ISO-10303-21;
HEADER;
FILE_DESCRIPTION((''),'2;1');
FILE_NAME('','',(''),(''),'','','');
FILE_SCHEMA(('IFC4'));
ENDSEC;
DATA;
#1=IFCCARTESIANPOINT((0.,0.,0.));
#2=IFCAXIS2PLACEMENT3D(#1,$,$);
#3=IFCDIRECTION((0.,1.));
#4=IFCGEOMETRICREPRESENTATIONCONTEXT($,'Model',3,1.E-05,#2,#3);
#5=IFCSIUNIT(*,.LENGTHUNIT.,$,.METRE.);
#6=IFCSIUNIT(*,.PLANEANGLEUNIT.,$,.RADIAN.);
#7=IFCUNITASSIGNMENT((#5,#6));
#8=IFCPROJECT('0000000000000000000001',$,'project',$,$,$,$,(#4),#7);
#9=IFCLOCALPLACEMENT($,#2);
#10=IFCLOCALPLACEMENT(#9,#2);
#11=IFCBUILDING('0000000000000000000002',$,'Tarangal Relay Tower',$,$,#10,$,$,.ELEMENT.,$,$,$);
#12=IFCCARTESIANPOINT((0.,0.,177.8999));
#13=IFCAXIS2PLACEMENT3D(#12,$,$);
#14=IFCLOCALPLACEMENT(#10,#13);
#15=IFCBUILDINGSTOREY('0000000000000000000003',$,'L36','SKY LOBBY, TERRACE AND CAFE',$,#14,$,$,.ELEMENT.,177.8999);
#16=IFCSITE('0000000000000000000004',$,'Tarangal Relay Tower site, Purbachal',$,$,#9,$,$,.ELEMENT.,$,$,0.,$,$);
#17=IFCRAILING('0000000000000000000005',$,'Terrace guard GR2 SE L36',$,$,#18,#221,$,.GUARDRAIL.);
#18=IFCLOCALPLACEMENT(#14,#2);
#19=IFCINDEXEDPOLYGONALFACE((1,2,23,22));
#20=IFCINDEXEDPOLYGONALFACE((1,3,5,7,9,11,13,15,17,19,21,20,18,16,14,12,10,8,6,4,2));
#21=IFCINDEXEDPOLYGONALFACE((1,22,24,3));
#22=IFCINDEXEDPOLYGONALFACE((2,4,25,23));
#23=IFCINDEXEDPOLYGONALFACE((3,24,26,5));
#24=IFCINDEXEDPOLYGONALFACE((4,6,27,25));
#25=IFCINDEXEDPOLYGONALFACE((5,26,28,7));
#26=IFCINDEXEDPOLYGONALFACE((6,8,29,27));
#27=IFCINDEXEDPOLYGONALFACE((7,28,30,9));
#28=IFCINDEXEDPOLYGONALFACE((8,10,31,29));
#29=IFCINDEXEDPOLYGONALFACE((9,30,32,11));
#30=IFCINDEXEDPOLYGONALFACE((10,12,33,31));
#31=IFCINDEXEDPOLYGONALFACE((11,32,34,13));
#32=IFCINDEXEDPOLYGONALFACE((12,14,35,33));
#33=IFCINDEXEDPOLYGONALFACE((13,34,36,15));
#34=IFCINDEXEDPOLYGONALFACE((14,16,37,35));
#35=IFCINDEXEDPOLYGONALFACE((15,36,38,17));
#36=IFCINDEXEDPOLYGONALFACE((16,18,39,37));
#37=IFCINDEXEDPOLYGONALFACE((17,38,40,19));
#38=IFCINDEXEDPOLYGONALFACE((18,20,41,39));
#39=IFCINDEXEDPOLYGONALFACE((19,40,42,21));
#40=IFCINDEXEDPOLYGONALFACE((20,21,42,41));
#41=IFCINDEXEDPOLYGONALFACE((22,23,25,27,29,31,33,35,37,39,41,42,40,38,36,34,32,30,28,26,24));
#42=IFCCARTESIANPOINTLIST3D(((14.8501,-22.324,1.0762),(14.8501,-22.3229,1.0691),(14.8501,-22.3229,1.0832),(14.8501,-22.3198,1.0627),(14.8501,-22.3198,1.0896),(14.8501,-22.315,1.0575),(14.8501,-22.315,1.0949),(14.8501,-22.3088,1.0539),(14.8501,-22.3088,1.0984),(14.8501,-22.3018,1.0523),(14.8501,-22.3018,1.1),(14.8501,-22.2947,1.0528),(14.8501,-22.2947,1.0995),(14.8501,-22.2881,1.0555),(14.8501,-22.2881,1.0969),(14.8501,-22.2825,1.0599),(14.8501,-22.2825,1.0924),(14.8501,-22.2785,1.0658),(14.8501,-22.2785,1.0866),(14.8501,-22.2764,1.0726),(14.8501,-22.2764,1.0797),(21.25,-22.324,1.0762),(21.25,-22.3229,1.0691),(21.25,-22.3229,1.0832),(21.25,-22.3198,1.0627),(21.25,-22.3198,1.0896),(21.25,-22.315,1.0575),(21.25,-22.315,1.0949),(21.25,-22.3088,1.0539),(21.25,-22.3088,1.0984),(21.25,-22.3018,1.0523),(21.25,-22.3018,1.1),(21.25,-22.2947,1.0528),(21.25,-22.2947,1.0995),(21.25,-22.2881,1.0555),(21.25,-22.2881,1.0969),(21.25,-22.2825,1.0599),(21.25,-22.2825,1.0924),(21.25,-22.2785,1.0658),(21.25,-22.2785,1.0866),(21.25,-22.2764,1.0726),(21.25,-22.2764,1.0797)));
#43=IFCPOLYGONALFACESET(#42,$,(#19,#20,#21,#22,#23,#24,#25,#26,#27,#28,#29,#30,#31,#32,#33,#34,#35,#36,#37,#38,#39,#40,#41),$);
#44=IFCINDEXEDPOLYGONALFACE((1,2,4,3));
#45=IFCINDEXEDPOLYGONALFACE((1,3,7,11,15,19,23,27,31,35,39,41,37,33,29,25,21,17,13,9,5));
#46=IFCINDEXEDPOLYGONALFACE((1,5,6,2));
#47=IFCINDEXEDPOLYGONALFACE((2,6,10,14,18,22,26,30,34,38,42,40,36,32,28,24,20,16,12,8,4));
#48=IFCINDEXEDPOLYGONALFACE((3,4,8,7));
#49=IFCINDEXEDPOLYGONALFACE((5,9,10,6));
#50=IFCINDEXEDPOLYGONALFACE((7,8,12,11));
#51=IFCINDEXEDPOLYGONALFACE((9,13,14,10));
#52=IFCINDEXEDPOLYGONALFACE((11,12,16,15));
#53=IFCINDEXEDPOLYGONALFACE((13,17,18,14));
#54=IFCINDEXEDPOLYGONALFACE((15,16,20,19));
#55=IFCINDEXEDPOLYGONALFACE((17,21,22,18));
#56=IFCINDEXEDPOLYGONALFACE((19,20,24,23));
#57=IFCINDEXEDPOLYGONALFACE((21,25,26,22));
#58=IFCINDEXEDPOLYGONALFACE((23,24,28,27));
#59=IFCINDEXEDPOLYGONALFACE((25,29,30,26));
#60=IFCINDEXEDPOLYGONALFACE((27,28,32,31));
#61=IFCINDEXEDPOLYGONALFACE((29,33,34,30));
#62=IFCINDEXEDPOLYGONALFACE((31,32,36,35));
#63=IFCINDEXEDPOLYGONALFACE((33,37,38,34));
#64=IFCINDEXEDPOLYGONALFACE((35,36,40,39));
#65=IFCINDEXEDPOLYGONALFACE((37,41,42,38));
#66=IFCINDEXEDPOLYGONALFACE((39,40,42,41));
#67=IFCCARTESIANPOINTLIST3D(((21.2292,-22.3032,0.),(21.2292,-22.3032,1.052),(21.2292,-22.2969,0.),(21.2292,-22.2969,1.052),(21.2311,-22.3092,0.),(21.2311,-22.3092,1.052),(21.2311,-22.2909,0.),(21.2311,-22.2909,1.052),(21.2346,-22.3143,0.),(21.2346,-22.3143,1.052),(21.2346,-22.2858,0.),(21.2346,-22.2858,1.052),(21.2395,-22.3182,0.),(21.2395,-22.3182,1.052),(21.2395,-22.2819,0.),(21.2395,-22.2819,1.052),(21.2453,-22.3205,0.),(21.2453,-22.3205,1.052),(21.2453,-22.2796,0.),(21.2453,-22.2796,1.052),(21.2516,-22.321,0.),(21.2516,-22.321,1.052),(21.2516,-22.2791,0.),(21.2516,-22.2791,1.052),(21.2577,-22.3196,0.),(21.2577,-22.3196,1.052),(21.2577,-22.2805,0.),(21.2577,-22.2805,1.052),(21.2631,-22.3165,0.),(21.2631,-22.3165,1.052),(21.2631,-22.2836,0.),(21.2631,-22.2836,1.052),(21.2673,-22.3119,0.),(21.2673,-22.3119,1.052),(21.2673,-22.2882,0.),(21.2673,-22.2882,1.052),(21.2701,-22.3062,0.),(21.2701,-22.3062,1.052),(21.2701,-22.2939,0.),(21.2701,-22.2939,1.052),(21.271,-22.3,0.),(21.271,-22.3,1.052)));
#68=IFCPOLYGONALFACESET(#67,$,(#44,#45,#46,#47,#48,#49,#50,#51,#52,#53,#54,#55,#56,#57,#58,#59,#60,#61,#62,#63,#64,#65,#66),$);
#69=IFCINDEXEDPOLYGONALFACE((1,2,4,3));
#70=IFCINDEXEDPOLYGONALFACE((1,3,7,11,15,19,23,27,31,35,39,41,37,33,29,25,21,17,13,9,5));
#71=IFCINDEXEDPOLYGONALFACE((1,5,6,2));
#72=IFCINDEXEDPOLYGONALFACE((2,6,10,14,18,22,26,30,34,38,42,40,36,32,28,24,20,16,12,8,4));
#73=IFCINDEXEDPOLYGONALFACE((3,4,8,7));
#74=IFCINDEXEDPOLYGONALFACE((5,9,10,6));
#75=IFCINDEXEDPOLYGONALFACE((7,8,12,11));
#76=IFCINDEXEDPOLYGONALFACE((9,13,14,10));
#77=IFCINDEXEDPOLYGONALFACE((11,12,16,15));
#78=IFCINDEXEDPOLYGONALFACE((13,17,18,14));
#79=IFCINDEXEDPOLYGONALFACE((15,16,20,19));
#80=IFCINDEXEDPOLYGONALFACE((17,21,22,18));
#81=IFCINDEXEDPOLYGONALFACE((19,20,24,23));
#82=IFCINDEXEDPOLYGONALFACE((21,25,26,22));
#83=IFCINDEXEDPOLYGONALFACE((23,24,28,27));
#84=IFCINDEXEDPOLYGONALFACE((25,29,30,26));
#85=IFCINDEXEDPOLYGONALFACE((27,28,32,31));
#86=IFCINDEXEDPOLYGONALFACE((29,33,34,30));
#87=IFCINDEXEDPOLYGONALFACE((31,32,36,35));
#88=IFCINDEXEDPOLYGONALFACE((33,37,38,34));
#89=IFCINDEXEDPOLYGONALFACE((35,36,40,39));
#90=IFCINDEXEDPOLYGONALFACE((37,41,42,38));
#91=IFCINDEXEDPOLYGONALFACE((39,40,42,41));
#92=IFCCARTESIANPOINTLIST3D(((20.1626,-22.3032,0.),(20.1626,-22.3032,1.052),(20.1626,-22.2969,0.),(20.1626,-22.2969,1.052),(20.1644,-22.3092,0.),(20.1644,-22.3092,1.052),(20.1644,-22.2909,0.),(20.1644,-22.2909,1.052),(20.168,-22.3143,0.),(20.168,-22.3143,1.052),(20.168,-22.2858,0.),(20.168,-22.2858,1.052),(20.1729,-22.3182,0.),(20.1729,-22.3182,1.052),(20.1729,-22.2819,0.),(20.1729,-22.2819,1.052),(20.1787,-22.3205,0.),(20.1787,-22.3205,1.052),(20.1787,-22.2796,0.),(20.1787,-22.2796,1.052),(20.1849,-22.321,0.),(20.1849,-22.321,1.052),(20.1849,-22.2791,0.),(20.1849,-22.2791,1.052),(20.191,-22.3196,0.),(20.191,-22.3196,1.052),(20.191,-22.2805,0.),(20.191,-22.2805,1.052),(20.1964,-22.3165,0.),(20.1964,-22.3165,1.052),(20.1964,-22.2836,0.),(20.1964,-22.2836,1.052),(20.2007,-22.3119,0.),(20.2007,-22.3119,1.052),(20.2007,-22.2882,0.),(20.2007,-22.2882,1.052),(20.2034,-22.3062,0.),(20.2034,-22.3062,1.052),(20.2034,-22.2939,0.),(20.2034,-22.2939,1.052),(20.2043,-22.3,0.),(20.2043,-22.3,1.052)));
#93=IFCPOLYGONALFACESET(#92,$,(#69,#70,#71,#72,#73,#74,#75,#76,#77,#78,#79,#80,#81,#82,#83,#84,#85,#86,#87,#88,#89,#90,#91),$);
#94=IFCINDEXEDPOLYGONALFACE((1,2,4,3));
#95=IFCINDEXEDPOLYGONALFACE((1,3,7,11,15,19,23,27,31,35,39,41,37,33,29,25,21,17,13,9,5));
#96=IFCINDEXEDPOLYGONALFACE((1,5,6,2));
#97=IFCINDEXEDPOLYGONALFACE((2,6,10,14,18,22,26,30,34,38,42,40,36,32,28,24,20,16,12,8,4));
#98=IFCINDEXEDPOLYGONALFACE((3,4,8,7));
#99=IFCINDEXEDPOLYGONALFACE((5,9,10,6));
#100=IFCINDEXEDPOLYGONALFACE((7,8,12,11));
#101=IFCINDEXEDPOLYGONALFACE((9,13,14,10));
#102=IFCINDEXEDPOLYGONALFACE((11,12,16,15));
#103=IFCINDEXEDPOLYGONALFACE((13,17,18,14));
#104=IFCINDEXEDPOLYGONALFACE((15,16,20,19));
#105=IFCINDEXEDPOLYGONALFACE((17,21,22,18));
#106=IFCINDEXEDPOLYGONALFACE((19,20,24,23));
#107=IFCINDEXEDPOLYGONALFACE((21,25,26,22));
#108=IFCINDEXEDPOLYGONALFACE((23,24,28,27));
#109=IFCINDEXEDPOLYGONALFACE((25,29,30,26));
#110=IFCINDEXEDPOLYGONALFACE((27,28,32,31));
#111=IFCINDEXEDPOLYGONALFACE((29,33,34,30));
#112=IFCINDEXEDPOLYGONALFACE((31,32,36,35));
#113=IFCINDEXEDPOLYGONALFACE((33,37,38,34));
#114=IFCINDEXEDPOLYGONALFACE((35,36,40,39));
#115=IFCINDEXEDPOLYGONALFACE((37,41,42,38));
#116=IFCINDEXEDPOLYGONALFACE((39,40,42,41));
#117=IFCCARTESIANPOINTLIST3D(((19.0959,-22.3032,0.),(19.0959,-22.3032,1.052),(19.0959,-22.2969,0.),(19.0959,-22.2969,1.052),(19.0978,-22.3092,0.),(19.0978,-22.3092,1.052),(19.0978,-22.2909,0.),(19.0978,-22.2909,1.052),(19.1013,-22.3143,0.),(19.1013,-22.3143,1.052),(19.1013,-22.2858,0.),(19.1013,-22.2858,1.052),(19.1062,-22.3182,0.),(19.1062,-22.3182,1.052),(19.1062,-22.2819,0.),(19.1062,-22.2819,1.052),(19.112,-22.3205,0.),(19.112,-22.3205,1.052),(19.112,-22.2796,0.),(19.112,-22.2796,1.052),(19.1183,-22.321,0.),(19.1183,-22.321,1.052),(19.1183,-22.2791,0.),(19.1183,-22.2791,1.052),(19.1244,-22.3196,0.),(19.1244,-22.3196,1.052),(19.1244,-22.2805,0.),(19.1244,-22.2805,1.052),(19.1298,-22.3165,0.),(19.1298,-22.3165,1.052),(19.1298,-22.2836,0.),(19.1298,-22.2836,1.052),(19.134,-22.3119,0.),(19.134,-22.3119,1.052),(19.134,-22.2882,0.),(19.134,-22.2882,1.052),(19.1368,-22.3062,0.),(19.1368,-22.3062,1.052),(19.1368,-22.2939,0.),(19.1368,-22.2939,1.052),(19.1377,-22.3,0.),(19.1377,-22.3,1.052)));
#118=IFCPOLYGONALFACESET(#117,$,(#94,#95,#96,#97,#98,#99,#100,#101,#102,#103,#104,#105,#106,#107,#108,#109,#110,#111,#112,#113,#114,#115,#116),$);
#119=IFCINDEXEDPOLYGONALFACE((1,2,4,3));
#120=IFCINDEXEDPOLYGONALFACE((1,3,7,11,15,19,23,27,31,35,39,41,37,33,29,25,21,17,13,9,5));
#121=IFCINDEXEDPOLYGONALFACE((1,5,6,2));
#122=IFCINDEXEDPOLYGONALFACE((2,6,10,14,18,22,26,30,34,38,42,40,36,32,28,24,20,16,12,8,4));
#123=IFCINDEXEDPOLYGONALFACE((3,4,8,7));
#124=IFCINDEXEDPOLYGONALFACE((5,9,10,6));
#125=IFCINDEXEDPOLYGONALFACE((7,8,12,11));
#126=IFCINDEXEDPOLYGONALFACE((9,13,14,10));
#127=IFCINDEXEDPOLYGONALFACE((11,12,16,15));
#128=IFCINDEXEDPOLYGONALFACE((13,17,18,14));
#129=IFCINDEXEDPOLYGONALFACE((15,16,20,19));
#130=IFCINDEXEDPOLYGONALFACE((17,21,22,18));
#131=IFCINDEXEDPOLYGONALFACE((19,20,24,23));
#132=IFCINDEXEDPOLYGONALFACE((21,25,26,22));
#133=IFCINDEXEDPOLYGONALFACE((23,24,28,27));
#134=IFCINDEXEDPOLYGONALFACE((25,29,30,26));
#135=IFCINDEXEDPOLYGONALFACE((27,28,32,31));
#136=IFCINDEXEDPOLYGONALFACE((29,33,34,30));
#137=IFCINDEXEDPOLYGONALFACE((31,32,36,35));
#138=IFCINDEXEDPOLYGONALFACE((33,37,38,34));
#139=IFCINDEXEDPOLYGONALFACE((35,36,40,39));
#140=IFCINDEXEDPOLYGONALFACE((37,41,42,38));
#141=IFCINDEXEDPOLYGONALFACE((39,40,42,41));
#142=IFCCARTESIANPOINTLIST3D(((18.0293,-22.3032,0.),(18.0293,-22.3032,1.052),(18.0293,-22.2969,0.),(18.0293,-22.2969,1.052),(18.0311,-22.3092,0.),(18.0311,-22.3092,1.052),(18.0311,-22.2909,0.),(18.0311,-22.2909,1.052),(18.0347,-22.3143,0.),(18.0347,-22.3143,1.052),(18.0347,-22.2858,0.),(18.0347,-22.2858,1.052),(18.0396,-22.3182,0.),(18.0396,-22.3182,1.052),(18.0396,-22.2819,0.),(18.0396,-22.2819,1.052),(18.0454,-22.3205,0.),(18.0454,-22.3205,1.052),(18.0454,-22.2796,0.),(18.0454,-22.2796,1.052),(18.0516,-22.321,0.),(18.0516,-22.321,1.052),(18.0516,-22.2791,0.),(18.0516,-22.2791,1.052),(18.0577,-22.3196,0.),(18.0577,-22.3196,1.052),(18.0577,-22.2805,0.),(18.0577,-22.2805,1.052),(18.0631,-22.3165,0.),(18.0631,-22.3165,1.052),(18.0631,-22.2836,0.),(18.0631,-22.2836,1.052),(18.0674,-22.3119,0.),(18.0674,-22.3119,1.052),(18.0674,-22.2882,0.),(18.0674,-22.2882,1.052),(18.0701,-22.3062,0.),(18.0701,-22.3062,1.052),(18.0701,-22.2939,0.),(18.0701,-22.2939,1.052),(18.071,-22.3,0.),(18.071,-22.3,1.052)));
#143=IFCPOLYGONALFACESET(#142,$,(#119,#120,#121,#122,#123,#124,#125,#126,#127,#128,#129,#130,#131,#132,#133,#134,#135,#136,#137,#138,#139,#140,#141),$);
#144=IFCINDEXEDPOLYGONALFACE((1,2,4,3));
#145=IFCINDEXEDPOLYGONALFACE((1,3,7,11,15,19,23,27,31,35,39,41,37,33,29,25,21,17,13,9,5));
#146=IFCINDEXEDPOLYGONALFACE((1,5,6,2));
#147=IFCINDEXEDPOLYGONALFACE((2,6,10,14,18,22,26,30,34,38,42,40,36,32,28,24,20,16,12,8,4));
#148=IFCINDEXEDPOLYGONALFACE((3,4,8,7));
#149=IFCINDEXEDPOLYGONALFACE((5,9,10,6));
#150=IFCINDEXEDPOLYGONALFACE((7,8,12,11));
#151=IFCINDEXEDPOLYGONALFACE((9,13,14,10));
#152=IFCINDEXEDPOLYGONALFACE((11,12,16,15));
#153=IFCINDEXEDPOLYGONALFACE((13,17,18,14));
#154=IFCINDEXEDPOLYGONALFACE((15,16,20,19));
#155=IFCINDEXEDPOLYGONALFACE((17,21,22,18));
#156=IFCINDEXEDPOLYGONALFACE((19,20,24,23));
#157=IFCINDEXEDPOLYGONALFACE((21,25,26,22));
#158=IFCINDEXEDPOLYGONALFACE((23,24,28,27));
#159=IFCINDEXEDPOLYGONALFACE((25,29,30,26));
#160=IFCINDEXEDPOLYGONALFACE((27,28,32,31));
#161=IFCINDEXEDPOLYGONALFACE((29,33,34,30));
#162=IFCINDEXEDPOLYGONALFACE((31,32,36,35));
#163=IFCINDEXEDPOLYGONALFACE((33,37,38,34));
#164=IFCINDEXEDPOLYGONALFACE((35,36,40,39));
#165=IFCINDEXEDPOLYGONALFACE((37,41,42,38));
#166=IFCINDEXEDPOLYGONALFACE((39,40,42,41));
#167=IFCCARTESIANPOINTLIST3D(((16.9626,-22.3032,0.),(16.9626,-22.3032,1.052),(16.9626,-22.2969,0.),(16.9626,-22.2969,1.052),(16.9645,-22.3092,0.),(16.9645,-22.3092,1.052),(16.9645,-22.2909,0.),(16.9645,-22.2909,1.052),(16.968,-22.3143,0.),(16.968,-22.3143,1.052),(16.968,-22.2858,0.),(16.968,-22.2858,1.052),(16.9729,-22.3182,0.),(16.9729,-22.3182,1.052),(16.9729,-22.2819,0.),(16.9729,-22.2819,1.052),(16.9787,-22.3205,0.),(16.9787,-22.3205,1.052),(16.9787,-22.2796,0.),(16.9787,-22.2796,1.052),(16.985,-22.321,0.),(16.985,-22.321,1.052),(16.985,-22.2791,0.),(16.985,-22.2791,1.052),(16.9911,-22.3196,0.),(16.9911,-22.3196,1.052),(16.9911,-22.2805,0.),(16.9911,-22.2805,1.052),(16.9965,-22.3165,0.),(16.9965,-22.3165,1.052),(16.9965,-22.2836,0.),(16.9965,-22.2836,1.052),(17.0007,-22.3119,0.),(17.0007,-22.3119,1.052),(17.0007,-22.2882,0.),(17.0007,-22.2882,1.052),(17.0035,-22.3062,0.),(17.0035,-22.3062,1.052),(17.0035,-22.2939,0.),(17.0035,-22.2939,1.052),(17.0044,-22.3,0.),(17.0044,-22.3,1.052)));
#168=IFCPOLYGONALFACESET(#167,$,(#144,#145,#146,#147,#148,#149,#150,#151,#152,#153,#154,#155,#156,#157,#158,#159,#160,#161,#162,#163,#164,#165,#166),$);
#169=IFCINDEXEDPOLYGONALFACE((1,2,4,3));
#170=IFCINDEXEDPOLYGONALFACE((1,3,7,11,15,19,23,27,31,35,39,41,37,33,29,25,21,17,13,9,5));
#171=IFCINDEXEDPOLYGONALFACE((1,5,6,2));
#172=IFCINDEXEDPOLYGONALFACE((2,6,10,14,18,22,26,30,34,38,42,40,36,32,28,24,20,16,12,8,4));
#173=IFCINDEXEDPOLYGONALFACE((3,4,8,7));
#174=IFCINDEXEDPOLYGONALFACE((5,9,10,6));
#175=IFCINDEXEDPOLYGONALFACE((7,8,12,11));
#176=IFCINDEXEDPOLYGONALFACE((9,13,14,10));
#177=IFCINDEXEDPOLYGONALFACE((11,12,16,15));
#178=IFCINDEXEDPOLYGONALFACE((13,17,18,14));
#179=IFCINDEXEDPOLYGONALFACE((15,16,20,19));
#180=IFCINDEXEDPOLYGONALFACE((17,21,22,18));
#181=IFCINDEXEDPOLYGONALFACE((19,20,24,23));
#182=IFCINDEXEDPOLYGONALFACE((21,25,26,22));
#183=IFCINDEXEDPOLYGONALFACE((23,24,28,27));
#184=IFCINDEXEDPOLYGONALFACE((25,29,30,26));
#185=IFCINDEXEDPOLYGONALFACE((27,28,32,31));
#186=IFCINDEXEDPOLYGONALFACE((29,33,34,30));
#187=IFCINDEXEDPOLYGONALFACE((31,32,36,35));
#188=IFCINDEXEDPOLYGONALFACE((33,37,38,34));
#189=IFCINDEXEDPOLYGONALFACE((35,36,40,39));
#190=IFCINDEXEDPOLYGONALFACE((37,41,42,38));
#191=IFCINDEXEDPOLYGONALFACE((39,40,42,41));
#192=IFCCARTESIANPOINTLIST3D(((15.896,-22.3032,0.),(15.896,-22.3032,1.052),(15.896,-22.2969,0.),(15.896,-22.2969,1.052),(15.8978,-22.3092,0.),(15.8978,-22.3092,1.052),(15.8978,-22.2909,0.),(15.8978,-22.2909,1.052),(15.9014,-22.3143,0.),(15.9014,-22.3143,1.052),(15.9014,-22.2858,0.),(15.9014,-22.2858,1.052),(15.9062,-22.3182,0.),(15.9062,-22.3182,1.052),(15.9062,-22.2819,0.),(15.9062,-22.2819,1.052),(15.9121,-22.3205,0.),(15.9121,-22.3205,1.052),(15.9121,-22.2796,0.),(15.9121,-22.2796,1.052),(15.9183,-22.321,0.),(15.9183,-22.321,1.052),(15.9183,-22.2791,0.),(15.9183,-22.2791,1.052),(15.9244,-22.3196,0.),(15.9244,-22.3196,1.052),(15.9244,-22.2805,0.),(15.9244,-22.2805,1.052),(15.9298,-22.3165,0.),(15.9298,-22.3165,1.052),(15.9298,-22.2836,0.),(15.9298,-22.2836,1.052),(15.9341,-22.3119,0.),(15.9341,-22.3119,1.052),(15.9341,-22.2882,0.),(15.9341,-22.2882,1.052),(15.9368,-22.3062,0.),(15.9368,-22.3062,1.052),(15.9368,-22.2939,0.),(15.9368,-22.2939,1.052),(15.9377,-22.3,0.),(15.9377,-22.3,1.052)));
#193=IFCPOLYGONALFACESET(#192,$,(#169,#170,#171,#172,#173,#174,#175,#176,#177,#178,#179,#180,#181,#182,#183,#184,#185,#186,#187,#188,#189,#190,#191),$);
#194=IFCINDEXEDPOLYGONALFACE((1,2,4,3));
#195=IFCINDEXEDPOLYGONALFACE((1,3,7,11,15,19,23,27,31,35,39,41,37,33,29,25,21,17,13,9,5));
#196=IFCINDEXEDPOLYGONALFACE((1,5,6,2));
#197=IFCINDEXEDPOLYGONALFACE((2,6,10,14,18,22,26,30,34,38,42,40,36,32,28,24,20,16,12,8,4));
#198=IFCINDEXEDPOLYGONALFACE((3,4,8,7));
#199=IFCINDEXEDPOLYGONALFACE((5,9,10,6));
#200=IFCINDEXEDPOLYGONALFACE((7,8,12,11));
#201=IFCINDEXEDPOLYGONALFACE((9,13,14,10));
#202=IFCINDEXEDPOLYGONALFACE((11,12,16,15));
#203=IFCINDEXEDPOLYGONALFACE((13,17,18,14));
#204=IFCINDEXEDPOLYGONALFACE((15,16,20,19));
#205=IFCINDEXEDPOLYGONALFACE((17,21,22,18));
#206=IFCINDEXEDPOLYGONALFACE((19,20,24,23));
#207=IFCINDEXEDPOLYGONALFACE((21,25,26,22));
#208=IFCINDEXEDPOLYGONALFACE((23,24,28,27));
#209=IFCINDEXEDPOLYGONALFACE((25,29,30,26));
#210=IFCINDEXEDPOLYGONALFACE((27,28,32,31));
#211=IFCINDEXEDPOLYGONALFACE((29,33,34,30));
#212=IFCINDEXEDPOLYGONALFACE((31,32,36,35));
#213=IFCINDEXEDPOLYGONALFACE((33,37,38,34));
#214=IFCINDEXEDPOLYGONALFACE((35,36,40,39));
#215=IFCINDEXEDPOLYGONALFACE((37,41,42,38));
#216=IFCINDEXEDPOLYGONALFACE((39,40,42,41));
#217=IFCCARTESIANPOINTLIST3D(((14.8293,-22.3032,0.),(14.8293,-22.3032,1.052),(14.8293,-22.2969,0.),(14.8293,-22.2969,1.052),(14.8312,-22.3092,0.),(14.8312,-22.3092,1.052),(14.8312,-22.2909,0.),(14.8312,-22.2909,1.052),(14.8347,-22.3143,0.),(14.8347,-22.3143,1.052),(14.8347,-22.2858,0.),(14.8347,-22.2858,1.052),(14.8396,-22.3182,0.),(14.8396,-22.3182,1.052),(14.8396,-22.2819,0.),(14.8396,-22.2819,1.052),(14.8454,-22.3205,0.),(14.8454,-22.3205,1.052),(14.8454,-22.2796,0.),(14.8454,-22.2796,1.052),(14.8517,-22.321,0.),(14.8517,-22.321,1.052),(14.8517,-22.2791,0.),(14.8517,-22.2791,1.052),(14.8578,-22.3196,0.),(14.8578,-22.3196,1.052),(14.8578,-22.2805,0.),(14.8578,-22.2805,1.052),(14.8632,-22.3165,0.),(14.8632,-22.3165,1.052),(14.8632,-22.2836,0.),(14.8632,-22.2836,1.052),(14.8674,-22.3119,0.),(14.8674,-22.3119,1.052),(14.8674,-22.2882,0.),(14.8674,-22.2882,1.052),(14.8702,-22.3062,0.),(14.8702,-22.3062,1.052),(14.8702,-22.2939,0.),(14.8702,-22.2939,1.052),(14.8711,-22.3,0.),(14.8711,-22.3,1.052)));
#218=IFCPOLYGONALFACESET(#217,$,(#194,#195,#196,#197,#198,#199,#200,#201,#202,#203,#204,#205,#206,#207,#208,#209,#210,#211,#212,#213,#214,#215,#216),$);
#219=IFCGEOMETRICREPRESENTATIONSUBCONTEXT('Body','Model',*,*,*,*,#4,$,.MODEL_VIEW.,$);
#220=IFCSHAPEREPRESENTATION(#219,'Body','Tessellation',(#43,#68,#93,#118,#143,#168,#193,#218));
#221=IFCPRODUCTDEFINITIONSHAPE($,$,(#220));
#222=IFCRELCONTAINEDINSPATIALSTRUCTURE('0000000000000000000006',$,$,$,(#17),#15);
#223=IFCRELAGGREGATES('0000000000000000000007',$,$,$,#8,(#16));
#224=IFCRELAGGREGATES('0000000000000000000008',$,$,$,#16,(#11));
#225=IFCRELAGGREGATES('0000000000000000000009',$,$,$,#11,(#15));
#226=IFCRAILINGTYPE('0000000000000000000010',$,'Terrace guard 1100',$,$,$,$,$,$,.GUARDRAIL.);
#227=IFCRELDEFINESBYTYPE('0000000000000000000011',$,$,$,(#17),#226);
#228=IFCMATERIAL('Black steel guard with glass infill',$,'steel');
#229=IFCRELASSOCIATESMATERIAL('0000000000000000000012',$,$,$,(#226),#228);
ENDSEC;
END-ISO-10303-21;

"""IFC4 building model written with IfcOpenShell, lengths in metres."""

from ifc_helpers import new_model, si_unit, direction, frame, origin, origin_2d, place, context, subcontext, project, spatial, circle, extrude, material, type_object, element, save


model = new_model("IFC4")

# Units and contexts
model_context = context("Model", 3, precision=1e-05, world=origin(), true_north=direction((0.0, 1.0)))
body_context = subcontext(model_context, "Body", "Model", "MODEL_VIEW")
ifc_project = project(units=[si_unit("LENGTHUNIT", "METRE"), si_unit("PLANEANGLEUNIT", "RADIAN")], contexts=[model_context])

# Site, building, storey
site_placement = place(None, origin())
site = spatial("IfcSite", under=ifc_project, at=site_placement, Name="Tarangal Relay Tower site, Purbachal", CompositionType="ELEMENT", RefElevation=0.0)
building_placement = place(site_placement, origin())
building = spatial("IfcBuilding", under=site, at=building_placement, Name="Tarangal Relay Tower", CompositionType="ELEMENT")
storey_placement = place(building_placement, frame((0.0, 0.0, 177.8999)))
storey = spatial("IfcBuildingStorey", under=building, at=storey_placement, Name="L36", Description="SKY LOBBY, TERRACE AND CAFE", CompositionType="ELEMENT", Elevation=177.8999)

# Railing
ifc_material_1 = material(Name="Black steel guard with glass infill", Category="steel")
railing_type = type_object("IfcRailingType", Name="Terrace guard 1100", PredefinedType="GUARDRAIL", material=ifc_material_1)
railing_1_placement = place(storey_placement, frame((21.25, -22.3, 0.0)))
element("IfcRailing", 1, at=railing_1_placement, inside=storey, type_object=railing_type, Name="Terrace guard GR2 SE L36", PredefinedType="GUARDRAIL", context=body_context, shape_type="SweptSolid", body=[
    extrude(circle(Radius=0.0239, at=origin_2d()), frame((0.0, 0.0, 1.0762), z_axis=(-1.0, 0.0, 0.0), x_axis=(0.0, -1.0, 0.0)), (0.0, 0.0, 1.0), 6.3999),
    extrude(circle(Radius=0.021, at=origin_2d()), origin(), (0.0, 0.0, 1.0), 1.052),
    extrude(circle(Radius=0.021, at=origin_2d()), frame((-1.0667, 0.0, 0.0)), (0.0, 0.0, 1.0), 1.052),
    extrude(circle(Radius=0.021, at=origin_2d()), frame((-2.1333, 0.0, 0.0)), (0.0, 0.0, 1.0), 1.052),
    extrude(circle(Radius=0.021, at=origin_2d()), frame((-3.2, 0.0, 0.0)), (0.0, 0.0, 1.0), 1.052),
    extrude(circle(Radius=0.021, at=origin_2d()), frame((-4.2666, 0.0, 0.0)), (0.0, 0.0, 1.0), 1.052),
    extrude(circle(Radius=0.021, at=origin_2d()), frame((-5.3333, 0.0, 0.0)), (0.0, 0.0, 1.0), 1.052),
    extrude(circle(Radius=0.021, at=origin_2d()), frame((-6.3999, 0.0, 0.0)), (0.0, 0.0, 1.0), 1.052),
])

save(model, "model.ifc")
